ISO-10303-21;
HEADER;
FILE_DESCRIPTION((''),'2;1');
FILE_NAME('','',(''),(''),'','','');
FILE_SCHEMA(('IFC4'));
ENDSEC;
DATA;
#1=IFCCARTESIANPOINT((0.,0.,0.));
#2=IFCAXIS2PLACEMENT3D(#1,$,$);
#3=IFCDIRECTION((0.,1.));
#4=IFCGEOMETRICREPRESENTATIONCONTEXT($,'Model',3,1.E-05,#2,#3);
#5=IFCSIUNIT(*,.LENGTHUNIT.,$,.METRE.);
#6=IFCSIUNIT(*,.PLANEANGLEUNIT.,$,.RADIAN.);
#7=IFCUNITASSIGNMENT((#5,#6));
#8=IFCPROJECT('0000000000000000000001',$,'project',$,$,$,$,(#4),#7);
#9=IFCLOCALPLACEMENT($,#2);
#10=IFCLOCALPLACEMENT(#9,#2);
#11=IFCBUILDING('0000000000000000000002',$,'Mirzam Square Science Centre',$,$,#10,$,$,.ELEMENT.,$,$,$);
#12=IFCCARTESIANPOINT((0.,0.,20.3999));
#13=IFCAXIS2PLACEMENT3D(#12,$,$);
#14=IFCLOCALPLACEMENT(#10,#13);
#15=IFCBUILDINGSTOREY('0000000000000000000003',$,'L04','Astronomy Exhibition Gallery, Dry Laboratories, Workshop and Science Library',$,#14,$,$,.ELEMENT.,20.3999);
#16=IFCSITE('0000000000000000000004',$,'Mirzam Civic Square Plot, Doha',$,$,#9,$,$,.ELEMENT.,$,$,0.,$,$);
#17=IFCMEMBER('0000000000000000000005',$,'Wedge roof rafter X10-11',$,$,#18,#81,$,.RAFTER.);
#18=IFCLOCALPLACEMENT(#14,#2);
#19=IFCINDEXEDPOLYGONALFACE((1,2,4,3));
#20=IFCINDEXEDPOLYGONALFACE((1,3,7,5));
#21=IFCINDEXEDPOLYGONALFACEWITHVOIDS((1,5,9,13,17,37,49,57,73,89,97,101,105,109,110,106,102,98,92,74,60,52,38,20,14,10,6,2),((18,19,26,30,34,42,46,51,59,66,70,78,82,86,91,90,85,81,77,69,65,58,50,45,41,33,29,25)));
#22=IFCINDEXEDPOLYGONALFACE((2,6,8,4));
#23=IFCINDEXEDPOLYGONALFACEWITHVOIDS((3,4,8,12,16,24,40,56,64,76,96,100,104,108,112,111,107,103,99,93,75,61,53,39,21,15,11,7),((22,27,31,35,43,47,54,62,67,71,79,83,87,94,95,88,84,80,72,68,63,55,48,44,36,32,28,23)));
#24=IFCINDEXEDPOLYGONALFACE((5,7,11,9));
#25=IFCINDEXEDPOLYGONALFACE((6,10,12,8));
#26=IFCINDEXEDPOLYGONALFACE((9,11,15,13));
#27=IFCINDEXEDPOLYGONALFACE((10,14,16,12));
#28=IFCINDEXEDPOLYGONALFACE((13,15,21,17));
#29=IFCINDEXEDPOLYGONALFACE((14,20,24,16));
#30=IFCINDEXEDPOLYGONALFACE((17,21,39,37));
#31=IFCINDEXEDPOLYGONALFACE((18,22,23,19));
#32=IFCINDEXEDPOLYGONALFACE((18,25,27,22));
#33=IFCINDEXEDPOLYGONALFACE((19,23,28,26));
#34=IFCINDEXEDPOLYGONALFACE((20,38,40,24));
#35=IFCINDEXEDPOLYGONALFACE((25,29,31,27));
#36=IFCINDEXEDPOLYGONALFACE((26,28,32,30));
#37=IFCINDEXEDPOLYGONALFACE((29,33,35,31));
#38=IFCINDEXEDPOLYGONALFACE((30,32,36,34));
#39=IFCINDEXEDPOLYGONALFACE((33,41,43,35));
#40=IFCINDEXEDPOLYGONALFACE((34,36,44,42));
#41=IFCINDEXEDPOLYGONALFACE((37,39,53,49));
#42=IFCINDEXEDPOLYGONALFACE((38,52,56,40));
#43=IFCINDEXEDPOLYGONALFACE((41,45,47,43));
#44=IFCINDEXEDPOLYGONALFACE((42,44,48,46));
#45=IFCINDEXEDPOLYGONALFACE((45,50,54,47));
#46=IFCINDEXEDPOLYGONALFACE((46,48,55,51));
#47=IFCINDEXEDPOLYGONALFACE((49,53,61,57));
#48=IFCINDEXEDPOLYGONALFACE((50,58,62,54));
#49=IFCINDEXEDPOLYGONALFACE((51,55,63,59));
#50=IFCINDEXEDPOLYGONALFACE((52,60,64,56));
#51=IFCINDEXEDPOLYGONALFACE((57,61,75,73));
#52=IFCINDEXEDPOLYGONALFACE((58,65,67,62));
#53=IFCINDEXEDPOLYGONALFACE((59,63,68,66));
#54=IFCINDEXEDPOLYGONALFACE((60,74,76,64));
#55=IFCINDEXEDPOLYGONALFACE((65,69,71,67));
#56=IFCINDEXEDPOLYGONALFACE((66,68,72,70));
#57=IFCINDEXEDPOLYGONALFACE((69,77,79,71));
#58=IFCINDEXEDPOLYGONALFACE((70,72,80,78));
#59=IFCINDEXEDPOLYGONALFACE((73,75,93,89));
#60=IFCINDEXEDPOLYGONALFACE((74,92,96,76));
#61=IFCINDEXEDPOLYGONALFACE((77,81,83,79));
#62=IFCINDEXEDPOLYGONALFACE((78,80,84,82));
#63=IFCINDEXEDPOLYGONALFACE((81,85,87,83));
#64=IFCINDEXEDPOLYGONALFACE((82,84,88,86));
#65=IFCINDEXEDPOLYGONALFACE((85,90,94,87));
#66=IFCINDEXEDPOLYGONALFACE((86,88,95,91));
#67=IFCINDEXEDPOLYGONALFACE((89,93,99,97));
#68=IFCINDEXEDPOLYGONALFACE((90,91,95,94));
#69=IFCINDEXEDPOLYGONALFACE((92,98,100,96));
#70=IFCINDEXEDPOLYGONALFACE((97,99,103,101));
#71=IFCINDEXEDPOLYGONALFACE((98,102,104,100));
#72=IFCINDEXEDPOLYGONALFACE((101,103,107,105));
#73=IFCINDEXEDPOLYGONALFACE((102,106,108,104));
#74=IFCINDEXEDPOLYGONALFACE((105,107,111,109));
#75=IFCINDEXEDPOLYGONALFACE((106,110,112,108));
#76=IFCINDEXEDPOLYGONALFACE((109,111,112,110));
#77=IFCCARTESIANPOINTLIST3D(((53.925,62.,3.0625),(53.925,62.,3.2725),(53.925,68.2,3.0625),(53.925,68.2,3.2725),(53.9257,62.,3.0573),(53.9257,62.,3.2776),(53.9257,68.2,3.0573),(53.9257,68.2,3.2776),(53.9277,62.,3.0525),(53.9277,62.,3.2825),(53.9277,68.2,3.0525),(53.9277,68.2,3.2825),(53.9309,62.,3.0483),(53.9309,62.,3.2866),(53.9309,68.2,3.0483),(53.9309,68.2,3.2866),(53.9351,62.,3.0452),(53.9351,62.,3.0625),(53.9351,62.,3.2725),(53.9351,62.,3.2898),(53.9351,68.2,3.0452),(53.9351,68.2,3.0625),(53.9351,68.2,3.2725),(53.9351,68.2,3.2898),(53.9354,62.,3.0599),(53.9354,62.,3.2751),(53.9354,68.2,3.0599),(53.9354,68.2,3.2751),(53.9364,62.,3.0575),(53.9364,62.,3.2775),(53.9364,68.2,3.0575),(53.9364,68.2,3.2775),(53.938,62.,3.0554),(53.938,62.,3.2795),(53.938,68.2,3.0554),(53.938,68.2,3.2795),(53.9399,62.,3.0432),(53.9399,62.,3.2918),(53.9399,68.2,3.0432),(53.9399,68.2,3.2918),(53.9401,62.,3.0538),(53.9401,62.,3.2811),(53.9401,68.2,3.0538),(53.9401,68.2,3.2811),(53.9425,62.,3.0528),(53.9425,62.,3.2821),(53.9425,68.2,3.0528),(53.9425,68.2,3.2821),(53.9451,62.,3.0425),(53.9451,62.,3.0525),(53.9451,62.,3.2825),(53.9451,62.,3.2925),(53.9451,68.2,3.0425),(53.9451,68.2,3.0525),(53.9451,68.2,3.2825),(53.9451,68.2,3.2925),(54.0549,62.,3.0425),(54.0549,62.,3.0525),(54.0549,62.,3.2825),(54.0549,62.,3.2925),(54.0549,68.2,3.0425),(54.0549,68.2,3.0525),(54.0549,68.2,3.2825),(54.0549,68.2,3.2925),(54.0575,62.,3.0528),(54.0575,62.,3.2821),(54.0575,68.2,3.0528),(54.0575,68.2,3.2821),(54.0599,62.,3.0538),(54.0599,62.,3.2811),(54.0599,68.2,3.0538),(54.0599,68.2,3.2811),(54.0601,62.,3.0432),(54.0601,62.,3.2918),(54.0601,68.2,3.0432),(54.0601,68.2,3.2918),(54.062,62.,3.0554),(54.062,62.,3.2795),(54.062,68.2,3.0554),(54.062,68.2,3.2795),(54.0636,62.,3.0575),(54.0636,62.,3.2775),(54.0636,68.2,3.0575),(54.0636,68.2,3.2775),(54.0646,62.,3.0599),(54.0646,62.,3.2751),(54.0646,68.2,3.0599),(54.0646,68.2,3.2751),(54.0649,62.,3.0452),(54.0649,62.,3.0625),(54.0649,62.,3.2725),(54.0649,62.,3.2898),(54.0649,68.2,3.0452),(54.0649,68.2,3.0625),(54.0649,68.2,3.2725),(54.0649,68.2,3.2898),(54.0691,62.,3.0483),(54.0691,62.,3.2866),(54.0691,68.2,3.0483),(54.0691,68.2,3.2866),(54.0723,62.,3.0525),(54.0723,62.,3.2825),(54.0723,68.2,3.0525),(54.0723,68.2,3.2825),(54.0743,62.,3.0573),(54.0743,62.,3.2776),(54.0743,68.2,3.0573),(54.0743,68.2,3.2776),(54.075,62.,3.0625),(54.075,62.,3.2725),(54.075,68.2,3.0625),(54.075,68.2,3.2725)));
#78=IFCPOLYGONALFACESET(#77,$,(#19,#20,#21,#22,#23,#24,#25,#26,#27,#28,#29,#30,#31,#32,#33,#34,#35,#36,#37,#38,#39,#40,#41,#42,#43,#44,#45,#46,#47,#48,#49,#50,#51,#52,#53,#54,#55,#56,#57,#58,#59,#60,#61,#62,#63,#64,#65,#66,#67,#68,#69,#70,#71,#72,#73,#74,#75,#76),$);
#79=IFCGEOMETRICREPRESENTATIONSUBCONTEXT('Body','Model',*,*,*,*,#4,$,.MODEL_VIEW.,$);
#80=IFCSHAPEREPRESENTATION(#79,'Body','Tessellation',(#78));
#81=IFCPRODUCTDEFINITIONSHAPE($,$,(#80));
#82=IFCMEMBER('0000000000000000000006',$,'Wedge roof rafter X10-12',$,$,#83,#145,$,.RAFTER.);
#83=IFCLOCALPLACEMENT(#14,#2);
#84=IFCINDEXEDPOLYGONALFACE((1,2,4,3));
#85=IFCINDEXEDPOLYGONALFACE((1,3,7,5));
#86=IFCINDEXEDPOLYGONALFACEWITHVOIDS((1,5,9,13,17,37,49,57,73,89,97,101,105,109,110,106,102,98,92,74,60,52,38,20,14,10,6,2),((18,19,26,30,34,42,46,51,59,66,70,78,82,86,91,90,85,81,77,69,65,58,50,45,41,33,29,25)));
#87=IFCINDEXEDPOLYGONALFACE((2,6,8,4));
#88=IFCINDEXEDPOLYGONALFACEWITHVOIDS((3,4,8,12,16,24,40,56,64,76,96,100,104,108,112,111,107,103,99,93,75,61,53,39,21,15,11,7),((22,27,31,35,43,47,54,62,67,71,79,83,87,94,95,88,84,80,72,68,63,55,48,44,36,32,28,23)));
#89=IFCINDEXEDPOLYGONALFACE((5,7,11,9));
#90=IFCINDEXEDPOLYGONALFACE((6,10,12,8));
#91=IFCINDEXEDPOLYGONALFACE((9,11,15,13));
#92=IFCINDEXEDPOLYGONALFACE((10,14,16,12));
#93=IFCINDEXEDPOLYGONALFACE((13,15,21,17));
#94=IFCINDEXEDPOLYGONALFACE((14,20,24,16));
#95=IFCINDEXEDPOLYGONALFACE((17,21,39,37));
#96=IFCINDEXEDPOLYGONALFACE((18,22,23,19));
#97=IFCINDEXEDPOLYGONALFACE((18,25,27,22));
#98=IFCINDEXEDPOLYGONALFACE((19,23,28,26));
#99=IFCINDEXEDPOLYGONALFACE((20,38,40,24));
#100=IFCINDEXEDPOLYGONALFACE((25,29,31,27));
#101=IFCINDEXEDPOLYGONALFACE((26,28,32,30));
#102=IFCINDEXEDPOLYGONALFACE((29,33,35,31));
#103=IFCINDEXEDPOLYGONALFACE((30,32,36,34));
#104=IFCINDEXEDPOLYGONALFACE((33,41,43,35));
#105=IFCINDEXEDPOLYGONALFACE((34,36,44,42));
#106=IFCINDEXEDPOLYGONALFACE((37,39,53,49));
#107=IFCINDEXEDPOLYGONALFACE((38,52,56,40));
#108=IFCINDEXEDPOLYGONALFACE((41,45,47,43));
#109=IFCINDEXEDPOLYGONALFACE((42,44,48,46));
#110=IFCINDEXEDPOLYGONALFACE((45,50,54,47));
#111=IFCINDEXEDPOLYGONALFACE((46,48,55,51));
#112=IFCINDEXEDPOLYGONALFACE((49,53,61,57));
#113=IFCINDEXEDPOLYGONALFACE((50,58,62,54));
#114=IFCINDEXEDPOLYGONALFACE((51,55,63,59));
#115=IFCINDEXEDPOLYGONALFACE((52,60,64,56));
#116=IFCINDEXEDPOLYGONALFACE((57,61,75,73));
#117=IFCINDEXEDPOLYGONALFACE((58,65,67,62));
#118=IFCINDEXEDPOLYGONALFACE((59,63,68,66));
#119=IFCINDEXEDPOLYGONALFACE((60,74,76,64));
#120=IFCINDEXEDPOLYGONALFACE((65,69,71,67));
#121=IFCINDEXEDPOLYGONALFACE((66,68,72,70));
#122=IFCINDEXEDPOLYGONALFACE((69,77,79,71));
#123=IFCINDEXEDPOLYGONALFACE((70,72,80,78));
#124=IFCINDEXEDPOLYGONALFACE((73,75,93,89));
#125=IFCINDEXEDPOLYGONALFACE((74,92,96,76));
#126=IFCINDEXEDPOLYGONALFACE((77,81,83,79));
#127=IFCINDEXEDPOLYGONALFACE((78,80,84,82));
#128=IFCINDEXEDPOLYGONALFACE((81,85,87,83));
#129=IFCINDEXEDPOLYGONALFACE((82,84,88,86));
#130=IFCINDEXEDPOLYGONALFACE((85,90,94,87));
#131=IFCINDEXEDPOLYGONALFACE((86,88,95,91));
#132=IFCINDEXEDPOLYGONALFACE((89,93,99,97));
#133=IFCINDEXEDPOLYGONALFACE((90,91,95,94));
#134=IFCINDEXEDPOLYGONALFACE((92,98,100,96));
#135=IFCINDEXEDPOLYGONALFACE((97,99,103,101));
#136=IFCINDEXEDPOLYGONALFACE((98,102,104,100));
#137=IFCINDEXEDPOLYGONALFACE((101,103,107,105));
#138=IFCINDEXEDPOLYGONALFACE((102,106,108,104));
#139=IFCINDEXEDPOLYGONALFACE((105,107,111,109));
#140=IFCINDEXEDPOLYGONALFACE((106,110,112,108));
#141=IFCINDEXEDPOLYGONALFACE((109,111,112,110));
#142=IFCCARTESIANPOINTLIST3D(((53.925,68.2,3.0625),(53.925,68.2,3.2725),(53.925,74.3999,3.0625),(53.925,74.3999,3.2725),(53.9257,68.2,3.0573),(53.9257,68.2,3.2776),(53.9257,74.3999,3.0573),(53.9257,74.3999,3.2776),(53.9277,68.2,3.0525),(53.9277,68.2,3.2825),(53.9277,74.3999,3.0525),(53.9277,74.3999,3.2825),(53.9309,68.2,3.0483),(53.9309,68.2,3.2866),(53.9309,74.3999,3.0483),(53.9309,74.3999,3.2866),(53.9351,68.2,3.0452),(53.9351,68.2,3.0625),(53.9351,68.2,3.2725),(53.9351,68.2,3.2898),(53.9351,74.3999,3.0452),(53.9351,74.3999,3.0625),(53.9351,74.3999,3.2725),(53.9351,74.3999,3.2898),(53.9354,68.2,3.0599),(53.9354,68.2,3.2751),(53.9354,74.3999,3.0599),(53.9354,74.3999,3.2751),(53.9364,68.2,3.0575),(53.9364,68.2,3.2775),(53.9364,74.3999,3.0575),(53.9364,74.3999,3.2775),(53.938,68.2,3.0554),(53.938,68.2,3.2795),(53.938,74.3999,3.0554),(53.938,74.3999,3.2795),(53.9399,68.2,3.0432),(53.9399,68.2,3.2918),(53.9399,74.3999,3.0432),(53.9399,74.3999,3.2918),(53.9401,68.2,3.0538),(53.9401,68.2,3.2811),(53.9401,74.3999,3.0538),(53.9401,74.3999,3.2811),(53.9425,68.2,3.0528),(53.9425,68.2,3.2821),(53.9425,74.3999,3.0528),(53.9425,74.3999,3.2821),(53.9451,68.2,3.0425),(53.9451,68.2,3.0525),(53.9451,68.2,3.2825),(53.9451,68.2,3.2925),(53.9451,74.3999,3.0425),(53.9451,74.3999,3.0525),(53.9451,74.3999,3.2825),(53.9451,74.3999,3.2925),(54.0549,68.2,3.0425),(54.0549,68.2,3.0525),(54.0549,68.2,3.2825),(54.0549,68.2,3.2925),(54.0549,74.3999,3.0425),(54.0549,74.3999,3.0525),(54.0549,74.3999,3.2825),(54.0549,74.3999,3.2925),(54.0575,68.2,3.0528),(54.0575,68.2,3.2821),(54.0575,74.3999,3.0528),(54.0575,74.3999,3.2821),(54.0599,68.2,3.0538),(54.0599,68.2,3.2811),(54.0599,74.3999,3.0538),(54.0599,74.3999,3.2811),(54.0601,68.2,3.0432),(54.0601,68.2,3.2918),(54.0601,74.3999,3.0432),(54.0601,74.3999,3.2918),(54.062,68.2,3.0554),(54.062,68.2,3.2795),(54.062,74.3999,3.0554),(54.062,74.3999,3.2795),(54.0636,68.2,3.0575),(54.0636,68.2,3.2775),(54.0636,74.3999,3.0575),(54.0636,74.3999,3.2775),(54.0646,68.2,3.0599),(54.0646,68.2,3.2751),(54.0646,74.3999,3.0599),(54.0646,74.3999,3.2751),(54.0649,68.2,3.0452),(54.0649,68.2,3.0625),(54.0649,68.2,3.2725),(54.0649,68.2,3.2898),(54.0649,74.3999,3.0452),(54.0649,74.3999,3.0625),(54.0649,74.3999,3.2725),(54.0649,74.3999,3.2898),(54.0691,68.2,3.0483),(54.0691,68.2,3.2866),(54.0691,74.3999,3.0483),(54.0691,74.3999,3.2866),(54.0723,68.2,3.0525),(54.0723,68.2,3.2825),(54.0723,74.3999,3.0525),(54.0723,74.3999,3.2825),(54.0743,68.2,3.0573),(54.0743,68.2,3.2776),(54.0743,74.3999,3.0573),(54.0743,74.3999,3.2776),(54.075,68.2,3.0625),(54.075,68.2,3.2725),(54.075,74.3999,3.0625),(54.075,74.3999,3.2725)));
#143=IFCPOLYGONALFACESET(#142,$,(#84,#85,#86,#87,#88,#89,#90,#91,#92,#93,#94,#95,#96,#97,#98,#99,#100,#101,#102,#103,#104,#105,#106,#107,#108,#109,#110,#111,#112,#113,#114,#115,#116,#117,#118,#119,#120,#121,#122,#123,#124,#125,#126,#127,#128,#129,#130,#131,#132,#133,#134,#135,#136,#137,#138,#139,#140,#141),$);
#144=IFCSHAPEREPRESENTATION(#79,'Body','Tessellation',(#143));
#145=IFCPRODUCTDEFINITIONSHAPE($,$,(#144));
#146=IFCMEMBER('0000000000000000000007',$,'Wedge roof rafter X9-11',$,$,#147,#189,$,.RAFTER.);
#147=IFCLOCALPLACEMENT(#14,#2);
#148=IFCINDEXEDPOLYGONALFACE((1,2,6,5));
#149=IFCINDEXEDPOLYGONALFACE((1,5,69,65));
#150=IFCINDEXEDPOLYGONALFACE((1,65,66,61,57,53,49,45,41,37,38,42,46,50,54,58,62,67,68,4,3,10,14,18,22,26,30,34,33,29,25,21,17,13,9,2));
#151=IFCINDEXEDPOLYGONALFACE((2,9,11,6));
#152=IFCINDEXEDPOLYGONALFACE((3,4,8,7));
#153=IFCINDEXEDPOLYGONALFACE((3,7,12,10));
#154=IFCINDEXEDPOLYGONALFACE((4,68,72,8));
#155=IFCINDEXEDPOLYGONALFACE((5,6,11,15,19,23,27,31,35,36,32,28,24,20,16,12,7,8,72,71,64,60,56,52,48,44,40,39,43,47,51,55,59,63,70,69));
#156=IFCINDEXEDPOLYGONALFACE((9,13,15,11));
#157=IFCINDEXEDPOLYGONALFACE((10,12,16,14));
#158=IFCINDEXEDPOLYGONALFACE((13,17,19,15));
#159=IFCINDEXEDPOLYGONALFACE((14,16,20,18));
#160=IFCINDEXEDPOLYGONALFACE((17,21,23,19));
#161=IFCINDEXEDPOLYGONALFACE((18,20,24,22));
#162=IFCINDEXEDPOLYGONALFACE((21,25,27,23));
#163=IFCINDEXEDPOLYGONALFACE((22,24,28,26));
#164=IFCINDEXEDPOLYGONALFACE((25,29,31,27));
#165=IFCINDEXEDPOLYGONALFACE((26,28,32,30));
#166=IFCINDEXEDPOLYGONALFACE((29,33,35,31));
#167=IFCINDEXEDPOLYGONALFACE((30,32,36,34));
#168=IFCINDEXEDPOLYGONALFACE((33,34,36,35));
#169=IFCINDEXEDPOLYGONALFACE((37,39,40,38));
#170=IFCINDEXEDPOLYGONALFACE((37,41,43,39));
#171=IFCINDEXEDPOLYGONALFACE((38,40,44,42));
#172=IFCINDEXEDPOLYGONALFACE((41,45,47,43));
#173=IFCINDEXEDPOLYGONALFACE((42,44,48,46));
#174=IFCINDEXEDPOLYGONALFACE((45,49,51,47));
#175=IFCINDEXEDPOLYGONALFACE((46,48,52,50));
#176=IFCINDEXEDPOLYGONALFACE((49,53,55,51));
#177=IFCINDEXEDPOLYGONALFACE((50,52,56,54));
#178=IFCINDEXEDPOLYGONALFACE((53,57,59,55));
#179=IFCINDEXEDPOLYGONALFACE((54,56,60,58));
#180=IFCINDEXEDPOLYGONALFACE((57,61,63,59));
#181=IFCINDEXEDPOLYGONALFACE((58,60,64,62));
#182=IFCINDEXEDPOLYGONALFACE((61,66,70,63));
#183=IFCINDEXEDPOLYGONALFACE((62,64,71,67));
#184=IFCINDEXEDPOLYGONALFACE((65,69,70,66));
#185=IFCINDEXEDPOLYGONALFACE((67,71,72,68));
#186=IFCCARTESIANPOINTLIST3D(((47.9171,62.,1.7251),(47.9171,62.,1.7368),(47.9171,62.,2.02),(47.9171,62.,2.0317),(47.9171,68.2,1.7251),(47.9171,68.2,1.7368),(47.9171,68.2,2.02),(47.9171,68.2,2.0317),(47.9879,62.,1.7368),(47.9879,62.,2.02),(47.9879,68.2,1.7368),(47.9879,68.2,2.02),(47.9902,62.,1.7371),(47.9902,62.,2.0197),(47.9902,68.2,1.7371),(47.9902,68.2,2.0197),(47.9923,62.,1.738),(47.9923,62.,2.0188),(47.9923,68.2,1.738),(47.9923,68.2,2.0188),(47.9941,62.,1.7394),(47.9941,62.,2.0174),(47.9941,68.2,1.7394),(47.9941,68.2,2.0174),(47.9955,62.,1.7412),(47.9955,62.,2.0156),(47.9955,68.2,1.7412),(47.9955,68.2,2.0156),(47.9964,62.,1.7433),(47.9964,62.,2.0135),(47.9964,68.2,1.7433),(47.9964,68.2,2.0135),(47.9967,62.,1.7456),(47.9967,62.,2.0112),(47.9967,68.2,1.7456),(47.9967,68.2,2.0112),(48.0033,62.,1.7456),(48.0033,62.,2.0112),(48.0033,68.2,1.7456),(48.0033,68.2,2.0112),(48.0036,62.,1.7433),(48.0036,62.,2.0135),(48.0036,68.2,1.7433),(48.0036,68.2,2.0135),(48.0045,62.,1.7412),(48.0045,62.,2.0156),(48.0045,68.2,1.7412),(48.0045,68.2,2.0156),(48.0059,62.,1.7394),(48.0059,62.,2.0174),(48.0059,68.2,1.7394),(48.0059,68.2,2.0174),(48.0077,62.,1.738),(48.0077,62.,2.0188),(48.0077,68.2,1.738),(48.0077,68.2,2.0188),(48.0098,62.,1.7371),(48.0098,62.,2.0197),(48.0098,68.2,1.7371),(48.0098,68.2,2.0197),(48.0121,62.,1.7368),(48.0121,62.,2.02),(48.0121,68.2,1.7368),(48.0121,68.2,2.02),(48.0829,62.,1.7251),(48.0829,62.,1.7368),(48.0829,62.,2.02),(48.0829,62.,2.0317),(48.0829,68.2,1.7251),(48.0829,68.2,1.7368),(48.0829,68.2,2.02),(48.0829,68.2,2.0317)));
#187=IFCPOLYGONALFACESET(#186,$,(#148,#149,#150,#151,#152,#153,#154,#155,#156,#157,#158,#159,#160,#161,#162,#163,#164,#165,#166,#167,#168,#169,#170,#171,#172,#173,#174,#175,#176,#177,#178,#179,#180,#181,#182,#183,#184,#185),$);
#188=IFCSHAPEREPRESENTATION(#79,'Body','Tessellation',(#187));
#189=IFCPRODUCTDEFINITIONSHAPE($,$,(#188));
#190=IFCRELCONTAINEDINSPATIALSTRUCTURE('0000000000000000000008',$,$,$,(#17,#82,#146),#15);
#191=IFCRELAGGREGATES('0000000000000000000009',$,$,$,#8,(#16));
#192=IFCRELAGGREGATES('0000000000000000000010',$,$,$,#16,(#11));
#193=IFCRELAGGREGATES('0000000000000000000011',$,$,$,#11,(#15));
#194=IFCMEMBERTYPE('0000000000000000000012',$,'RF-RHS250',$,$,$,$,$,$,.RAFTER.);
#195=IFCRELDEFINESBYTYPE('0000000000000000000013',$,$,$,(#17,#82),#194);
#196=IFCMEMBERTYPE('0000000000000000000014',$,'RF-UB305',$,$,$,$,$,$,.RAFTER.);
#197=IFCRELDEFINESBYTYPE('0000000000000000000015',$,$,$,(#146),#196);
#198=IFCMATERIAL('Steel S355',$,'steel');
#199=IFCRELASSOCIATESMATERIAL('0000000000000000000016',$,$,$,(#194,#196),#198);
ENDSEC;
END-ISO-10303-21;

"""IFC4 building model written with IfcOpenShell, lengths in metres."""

from ifc_helpers import new_model, si_unit, direction, frame, origin, origin_2d, place, context, subcontext, project, spatial, hollow_rectangle, i_section, extrude, material, material_profile, profile_set, type_object, element, save


model = new_model("IFC4")

# Units and contexts
model_context = context("Model", 3, precision=1e-05, world=origin(), true_north=direction((0.0, 1.0)))
body_context = subcontext(model_context, "Body", "Model", "MODEL_VIEW")
ifc_project = project(units=[si_unit("LENGTHUNIT", "METRE"), si_unit("PLANEANGLEUNIT", "RADIAN")], contexts=[model_context])

# Site, building, storey
site_placement = place(None, origin())
site = spatial("IfcSite", under=ifc_project, at=site_placement, Name="Mirzam Civic Square Plot, Doha", CompositionType="ELEMENT", RefElevation=0.0)
building_placement = place(site_placement, origin())
building = spatial("IfcBuilding", under=site, at=building_placement, Name="Mirzam Square Science Centre", CompositionType="ELEMENT")
storey_placement = place(building_placement, frame((0.0, 0.0, 20.3999)))
storey = spatial("IfcBuildingStorey", under=building, at=storey_placement, Name="L04", Description="Astronomy Exhibition Gallery, Dry Laboratories, Workshop and Science Library", CompositionType="ELEMENT", Elevation=20.3999)

# Members
ifc_material = material(Name="Steel S355", Category="steel")
ifc_material_profile_1 = material_profile(ifc_material, hollow_rectangle(XDim=0.1499, YDim=0.25, WallThickness=0.01, InnerFilletRadius=0.01, OuterFilletRadius=0.02, at=origin_2d()), Name="250x150x10.0RHS")
ifc_profile_set_1 = profile_set([ifc_material_profile_1], Name="Steel S355")
member_type_1 = type_object("IfcMemberType", Name="RF-RHS250", PredefinedType="RAFTER", material=ifc_profile_set_1)
for number, where, z_axis, x_axis, name in (
    (1, (54.0, 62.0, 3.1675), (0.0, 1.0, 0.0), (-1.0, 0.0, 0.0), "Wedge roof rafter X10-11"),
    (2, (54.0, 68.2, 3.1675), (0.0, 1.0, 0.0), (-1.0, 0.0, 0.0), "Wedge roof rafter X10-12"),
):
    element("IfcMember", number, at=place(storey_placement, frame(where, z_axis=z_axis, x_axis=x_axis)), inside=storey, type_object=member_type_1, Name=name, PredefinedType="RAFTER", context=body_context, shape_type="SweptSolid", body=[
        extrude(hollow_rectangle(XDim=0.1499, YDim=0.25, WallThickness=0.01, InnerFilletRadius=0.01, OuterFilletRadius=0.02, at=origin_2d()), origin(), (0.0, 0.0, 1.0), 6.2),
    ])
ifc_material_profile_2 = material_profile(ifc_material, i_section(OverallWidth=0.1658, OverallDepth=0.3066, WebThickness=0.0066, FlangeThickness=0.0117, FilletRadius=0.0088, at=origin_2d()), Name="305x165x46UB")
ifc_profile_set_2 = profile_set([ifc_material_profile_2], Name="Steel S355")
member_type_2 = type_object("IfcMemberType", Name="RF-UB305", PredefinedType="RAFTER", material=ifc_profile_set_2)
for number, where, z_axis, x_axis, name in (
    (3, (48.0, 62.0, 1.8784), (0.0, 1.0, 0.0), (-1.0, 0.0, 0.0), "Wedge roof rafter X9-11"),
):
    element("IfcMember", number, at=place(storey_placement, frame(where, z_axis=z_axis, x_axis=x_axis)), inside=storey, type_object=member_type_2, Name=name, PredefinedType="RAFTER", context=body_context, shape_type="SweptSolid", body=[
        extrude(i_section(OverallWidth=0.1658, OverallDepth=0.3066, WebThickness=0.0066, FlangeThickness=0.0117, FilletRadius=0.0088, at=origin_2d()), origin(), (0.0, 0.0, 1.0), 6.2),
    ])

save(model, "model.ifc")
